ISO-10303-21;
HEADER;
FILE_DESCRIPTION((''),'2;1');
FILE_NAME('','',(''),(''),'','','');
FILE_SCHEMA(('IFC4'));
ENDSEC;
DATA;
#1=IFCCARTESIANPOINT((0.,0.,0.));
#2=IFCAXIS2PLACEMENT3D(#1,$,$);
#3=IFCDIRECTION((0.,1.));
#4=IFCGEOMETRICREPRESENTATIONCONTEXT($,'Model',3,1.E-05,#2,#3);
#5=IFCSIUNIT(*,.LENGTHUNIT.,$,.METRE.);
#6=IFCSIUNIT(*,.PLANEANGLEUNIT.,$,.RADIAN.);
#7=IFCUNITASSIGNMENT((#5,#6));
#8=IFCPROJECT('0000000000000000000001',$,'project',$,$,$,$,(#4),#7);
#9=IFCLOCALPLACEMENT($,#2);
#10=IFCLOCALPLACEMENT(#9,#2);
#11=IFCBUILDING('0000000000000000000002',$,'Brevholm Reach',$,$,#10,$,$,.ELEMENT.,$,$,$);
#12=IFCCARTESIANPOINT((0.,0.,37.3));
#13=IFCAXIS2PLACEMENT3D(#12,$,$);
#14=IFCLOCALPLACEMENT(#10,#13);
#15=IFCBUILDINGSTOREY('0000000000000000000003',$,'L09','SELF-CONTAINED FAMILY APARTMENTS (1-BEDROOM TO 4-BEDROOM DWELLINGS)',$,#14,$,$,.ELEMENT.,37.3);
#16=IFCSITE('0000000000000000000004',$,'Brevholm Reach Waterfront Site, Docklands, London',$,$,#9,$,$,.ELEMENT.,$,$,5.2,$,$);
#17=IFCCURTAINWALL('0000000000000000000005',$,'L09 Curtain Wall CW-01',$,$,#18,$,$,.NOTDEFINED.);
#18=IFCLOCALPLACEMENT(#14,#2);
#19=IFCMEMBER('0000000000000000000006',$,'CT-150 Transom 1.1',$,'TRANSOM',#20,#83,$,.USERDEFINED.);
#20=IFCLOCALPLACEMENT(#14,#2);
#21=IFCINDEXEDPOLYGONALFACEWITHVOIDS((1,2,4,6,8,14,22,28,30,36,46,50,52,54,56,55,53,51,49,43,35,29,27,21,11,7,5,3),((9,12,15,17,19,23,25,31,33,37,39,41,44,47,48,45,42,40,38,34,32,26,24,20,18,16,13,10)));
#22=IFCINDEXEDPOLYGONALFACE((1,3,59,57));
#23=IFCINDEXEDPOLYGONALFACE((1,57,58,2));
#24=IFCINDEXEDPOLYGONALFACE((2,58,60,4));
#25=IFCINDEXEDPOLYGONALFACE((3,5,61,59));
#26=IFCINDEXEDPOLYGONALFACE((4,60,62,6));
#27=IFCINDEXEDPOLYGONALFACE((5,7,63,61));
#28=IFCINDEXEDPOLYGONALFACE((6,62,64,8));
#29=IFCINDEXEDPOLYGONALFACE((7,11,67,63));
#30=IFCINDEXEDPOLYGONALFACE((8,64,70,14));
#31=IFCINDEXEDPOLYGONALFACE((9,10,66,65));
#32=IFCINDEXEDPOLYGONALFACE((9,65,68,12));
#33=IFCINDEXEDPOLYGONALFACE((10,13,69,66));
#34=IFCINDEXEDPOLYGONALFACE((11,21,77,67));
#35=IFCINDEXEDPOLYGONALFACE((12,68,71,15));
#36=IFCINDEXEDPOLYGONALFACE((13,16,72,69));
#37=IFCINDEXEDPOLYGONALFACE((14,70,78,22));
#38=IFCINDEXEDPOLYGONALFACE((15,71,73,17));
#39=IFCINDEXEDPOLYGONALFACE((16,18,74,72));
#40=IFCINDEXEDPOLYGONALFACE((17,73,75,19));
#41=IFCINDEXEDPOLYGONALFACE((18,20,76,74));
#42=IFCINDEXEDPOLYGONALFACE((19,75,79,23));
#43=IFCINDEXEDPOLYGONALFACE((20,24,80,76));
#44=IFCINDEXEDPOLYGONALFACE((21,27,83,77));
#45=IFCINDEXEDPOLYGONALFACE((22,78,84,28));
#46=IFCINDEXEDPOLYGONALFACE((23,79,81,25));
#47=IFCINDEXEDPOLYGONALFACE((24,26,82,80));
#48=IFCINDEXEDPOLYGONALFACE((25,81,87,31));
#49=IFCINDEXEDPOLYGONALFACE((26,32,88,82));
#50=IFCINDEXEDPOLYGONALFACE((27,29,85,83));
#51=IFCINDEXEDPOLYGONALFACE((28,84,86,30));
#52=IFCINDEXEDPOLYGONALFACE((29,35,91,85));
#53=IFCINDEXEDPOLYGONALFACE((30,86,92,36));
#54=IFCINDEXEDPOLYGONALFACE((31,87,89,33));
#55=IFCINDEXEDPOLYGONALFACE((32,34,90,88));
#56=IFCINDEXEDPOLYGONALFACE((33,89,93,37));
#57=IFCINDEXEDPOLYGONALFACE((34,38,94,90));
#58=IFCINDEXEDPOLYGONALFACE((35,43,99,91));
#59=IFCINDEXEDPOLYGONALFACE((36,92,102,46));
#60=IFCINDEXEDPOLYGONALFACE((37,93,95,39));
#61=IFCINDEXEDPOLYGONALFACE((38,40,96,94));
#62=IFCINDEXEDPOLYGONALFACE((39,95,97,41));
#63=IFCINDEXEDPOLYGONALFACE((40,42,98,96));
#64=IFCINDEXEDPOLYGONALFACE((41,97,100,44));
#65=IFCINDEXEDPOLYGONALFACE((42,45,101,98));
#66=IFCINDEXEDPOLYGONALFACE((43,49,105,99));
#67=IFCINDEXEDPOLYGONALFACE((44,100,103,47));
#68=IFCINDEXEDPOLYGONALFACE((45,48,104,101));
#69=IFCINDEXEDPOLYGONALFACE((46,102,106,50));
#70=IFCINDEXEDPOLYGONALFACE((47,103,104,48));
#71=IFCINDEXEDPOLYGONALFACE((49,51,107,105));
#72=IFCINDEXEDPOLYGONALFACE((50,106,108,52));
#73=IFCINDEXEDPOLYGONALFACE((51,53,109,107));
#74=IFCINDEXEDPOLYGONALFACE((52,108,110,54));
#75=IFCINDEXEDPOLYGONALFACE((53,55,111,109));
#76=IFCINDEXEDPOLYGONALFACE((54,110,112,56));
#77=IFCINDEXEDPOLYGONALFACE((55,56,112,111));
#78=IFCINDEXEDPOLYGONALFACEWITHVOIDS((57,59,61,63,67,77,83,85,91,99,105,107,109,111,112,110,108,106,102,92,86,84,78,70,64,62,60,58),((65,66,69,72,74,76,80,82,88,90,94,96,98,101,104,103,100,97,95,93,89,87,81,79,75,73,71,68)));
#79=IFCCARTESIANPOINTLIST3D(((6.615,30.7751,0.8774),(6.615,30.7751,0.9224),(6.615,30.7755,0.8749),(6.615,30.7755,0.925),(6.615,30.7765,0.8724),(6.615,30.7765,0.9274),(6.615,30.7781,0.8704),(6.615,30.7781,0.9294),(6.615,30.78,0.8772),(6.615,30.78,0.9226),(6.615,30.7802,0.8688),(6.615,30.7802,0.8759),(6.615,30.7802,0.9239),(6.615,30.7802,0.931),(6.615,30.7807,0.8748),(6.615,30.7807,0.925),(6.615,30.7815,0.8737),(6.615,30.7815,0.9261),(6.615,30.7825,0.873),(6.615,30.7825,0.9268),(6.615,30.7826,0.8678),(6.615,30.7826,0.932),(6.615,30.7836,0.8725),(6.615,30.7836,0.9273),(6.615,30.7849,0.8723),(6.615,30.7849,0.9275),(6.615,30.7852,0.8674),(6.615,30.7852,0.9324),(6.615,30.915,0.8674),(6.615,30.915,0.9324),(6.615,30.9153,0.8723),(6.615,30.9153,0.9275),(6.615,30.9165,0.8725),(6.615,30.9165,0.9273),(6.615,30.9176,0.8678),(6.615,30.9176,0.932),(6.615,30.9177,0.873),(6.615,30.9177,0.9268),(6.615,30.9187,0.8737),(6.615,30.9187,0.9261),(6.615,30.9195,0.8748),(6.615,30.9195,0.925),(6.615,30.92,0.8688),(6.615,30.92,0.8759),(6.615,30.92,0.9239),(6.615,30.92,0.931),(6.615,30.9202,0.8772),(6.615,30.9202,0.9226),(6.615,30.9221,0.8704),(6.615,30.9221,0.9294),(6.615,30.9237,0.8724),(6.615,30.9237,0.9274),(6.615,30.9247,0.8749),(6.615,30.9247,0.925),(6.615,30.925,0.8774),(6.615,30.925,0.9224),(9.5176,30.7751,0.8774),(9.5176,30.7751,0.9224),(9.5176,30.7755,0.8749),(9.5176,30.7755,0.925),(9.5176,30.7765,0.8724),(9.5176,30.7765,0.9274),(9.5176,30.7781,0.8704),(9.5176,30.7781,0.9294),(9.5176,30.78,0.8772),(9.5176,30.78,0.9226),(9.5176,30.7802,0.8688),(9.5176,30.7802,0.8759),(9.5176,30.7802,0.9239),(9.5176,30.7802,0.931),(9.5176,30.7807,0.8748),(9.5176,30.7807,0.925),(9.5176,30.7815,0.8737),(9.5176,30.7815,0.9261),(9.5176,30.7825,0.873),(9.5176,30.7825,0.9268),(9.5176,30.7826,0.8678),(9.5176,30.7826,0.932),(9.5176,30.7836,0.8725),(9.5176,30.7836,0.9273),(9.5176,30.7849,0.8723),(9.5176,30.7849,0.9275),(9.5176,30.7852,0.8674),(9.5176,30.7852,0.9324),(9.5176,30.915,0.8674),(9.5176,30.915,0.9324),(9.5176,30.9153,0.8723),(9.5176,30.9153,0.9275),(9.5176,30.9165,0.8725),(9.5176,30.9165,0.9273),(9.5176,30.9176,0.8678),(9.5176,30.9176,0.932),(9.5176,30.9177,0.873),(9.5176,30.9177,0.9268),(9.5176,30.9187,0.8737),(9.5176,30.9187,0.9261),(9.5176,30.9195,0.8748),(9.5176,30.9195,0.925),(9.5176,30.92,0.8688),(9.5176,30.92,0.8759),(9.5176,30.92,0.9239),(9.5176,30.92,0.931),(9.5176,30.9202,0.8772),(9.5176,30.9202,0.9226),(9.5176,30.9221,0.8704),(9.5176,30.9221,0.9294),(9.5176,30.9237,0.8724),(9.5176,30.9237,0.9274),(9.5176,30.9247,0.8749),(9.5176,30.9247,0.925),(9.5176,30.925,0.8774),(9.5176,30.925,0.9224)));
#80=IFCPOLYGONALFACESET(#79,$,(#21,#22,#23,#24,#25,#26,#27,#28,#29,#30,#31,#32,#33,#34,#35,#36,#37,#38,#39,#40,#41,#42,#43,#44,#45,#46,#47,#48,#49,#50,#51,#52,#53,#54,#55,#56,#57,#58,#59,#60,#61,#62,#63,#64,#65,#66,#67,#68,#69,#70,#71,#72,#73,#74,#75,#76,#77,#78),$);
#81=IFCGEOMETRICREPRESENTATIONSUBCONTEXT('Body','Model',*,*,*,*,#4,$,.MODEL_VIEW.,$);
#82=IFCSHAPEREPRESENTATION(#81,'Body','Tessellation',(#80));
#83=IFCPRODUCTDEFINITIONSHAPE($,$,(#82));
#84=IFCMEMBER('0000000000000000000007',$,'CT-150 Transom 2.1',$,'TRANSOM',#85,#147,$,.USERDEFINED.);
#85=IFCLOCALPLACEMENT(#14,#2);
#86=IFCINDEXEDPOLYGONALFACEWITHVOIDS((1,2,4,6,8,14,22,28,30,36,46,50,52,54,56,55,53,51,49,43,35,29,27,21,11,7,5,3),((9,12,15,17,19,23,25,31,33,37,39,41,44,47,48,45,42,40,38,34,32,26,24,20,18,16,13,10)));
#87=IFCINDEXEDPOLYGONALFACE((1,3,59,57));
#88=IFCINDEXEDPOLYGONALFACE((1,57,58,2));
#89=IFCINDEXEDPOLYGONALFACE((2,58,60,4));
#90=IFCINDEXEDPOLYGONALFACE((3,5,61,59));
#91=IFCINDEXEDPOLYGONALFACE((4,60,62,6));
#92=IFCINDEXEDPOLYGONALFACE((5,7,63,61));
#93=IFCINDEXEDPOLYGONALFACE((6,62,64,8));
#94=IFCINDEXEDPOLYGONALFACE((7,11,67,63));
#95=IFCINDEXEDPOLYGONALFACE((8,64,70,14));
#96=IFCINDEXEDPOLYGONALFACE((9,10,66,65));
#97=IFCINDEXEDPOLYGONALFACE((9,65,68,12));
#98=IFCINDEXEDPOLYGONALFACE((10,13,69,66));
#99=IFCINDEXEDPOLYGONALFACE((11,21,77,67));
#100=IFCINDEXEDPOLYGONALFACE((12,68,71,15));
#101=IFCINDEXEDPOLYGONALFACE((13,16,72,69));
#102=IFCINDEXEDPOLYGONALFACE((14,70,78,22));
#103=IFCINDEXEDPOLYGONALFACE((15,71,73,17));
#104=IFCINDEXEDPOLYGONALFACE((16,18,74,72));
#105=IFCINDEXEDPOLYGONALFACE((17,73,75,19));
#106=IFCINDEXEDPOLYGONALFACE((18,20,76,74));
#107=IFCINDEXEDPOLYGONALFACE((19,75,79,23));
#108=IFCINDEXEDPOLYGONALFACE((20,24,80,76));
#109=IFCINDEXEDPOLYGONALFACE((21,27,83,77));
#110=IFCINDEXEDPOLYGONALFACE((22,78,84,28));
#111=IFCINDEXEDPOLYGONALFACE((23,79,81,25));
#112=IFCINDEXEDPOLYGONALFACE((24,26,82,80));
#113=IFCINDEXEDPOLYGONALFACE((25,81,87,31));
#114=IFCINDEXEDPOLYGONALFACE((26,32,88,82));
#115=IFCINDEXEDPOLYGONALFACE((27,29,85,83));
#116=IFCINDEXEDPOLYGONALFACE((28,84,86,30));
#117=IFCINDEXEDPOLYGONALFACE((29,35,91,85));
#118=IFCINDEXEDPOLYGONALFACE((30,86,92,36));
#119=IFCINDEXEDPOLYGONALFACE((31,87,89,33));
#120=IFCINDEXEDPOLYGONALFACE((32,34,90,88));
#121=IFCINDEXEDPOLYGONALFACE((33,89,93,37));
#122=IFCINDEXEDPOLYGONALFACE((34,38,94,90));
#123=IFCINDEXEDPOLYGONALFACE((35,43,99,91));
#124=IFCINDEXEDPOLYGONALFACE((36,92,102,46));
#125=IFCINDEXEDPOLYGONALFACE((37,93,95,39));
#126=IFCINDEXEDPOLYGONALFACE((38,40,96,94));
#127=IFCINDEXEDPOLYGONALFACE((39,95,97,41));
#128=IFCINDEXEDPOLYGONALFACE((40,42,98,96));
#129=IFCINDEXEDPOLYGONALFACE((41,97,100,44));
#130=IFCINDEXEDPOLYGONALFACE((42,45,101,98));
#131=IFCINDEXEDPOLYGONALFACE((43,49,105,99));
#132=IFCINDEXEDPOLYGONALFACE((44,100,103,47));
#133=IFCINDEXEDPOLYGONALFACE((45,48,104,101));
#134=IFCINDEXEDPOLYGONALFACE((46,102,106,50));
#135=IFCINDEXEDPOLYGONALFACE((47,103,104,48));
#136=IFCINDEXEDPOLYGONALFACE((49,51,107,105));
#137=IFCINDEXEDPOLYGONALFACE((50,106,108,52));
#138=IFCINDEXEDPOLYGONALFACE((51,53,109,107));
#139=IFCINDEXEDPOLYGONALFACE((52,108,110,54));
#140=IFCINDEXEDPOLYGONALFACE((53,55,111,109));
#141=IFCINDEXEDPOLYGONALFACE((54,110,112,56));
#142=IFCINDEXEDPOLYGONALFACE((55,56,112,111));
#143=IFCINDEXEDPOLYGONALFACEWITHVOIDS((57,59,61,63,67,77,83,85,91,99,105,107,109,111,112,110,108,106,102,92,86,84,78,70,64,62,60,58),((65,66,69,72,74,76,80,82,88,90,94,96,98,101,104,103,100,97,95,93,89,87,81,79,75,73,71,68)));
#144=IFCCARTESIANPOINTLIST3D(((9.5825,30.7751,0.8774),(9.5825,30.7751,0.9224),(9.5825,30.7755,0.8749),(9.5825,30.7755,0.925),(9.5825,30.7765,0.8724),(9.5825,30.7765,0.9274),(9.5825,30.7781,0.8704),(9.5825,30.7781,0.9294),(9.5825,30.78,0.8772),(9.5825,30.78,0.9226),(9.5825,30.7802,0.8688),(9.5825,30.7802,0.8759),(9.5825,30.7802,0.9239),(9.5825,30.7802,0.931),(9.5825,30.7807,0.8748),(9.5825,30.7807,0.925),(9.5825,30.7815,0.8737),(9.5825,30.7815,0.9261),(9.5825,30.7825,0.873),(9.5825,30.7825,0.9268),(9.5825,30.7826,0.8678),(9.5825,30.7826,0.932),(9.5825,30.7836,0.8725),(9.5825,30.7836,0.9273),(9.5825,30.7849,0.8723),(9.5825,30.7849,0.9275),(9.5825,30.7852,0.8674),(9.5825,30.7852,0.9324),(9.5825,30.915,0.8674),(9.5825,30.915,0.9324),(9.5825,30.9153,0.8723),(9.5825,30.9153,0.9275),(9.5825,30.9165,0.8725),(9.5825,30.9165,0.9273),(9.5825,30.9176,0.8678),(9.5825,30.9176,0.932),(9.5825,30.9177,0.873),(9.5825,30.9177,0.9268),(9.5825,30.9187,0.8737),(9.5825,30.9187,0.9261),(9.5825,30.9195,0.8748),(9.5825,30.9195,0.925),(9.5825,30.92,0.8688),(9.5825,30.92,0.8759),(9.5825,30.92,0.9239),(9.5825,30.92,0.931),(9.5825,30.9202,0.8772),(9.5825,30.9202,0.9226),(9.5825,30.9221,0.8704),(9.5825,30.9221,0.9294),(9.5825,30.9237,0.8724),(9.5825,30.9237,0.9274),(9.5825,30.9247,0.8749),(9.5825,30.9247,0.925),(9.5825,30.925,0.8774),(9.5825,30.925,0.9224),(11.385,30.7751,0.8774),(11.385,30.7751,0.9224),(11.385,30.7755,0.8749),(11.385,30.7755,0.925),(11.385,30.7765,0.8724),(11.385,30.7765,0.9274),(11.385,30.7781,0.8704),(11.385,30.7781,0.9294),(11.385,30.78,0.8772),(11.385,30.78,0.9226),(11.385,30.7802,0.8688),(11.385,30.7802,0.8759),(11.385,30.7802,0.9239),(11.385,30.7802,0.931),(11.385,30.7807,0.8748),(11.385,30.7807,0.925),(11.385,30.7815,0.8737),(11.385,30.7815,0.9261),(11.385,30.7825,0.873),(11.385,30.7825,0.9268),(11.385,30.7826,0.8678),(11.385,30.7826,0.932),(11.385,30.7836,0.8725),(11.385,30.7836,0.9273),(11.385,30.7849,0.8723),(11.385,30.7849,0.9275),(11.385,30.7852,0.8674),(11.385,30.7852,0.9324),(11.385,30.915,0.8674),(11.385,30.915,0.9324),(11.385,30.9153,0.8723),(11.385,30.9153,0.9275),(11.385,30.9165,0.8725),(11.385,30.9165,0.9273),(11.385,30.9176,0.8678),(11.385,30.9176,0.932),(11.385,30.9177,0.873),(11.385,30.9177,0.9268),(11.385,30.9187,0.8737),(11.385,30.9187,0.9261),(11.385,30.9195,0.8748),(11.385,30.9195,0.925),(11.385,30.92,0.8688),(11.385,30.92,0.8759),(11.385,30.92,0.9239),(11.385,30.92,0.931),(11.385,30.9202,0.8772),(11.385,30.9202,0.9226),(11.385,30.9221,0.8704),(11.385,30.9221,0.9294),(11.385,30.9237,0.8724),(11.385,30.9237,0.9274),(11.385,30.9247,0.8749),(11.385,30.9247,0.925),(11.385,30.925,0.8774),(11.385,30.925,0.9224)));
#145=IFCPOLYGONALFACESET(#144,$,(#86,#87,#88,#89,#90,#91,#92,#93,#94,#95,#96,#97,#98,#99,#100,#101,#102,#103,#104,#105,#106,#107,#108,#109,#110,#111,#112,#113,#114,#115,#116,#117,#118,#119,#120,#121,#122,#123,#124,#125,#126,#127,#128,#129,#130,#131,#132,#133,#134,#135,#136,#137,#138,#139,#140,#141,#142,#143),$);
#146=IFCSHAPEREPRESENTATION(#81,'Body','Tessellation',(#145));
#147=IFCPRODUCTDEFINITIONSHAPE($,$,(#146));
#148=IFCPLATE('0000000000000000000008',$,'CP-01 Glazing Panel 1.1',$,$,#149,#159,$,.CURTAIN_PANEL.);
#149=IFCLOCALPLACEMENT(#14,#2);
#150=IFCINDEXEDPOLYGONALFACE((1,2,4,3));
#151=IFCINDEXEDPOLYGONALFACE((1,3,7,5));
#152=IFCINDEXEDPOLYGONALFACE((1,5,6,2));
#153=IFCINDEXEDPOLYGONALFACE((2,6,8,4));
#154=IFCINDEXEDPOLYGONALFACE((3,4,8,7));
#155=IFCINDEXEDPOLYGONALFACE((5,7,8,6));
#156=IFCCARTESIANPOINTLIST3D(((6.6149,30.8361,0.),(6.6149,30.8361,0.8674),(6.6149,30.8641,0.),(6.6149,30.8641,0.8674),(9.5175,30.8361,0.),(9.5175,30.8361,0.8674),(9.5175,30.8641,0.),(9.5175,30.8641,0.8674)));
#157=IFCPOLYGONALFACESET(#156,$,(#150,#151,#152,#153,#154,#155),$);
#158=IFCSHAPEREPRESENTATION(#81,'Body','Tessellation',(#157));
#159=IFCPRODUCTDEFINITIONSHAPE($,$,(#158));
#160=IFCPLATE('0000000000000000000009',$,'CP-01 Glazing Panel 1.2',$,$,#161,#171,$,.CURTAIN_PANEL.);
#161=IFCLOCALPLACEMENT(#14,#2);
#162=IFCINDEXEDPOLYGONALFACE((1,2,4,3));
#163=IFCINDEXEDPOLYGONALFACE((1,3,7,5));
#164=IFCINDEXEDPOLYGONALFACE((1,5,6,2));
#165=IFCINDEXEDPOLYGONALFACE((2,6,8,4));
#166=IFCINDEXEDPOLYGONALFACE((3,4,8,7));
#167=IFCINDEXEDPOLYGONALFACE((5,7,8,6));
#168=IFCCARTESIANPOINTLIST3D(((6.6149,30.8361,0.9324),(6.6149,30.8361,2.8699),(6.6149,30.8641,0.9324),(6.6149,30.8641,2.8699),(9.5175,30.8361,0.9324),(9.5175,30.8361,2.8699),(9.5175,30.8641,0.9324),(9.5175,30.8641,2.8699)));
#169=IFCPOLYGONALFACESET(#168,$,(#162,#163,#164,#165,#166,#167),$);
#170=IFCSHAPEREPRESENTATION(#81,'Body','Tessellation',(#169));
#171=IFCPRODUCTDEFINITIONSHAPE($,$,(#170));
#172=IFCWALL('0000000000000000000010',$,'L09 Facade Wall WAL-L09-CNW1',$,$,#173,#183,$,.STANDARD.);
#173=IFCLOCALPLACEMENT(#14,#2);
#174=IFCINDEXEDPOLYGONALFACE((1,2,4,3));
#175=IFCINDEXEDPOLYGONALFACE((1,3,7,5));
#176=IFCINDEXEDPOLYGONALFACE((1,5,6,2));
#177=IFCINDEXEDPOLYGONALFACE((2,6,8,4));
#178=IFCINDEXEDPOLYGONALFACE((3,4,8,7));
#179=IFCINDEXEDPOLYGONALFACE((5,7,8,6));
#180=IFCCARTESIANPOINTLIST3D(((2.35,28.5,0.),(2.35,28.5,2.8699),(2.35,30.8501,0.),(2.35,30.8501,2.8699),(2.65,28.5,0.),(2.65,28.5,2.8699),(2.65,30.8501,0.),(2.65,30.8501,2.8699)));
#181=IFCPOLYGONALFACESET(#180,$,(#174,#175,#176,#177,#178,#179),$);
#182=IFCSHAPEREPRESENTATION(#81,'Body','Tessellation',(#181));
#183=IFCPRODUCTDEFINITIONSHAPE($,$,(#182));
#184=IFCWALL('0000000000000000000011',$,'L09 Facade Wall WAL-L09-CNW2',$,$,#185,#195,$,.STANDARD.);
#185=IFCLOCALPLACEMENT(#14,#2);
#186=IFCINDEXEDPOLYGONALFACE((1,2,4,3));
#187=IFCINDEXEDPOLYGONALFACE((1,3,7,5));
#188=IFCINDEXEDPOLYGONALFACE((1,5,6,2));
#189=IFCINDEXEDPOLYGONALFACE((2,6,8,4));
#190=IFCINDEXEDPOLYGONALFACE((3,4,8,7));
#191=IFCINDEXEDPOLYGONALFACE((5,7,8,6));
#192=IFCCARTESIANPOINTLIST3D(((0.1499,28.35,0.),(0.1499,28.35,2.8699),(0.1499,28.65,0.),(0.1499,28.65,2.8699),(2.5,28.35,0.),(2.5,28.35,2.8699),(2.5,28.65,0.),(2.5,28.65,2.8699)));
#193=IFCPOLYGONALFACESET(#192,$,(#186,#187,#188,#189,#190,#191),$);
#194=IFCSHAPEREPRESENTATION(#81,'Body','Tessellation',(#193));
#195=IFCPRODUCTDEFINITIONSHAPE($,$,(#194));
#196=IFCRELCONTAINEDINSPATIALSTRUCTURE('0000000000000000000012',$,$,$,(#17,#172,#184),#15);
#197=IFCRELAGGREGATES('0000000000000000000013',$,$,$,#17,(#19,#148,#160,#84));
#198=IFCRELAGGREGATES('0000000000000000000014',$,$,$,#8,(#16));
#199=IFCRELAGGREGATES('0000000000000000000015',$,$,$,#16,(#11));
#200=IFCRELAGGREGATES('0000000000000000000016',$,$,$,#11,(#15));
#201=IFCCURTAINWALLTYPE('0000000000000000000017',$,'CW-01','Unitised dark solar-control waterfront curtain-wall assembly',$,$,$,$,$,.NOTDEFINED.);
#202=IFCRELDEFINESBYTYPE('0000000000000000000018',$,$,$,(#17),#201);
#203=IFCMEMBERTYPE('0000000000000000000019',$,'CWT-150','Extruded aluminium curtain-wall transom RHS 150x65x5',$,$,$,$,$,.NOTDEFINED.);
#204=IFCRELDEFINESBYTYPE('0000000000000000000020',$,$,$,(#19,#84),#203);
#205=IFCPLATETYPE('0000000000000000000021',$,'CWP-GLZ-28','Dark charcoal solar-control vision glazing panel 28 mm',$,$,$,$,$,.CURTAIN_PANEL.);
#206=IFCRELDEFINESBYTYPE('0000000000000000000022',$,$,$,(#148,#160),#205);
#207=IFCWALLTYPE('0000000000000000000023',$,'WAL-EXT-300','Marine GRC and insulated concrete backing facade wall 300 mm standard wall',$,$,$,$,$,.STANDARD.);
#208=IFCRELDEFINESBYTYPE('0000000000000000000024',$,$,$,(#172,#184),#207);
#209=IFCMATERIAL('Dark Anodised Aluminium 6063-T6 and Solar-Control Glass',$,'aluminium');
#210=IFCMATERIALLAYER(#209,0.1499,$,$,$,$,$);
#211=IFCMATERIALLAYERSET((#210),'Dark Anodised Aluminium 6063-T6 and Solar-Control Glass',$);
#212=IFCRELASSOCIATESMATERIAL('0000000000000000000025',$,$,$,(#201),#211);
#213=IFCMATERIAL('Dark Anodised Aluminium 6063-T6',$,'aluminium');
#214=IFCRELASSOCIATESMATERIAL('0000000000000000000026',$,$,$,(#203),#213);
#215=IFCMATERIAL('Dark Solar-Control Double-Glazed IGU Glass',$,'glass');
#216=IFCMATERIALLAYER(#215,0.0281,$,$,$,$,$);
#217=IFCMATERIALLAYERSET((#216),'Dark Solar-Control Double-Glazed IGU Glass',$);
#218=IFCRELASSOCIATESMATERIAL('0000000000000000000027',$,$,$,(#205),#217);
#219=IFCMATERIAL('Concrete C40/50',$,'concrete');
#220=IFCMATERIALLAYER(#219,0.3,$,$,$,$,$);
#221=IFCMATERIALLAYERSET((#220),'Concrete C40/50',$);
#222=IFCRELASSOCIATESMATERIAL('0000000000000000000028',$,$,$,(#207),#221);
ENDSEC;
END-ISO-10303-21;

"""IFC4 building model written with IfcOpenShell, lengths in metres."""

from ifc_helpers import new_model, si_unit, direction, frame, frame_2d, origin, origin_2d, place, context, subcontext, project, spatial, rectangle, hollow_rectangle, extrude, material, layer, layer_set, material_profile, profile_set, type_object, element, aggregate, save


model = new_model("IFC4")

# Units and contexts
model_context = context("Model", 3, precision=1e-05, world=origin(), true_north=direction((0.0, 1.0)))
body_context = subcontext(model_context, "Body", "Model", "MODEL_VIEW")
ifc_project = project(units=[si_unit("LENGTHUNIT", "METRE"), si_unit("PLANEANGLEUNIT", "RADIAN")], contexts=[model_context])

# Site, building, storey
site_placement = place(None, origin())
site = spatial("IfcSite", under=ifc_project, at=site_placement, Name="Brevholm Reach Waterfront Site, Docklands, London", CompositionType="ELEMENT", RefElevation=5.2)
building_placement = place(site_placement, origin())
building = spatial("IfcBuilding", under=site, at=building_placement, Name="Brevholm Reach", CompositionType="ELEMENT")
storey_placement = place(building_placement, frame((0.0, 0.0, 37.3)))
storey = spatial("IfcBuildingStorey", under=building, at=storey_placement, Name="L09", Description="SELF-CONTAINED FAMILY APARTMENTS (1-BEDROOM TO 4-BEDROOM DWELLINGS)", CompositionType="ELEMENT", Elevation=37.3)

# Curtain wall, members, plates
ifc_material_1 = material(Name="Dark Anodised Aluminium 6063-T6 and Solar-Control Glass", Category="aluminium")
ifc_layer_1 = layer(ifc_material_1, 0.1499)
ifc_layer_set_1 = layer_set([ifc_layer_1], Name="Dark Anodised Aluminium 6063-T6 and Solar-Control Glass")
curtain_wall_type = type_object("IfcCurtainWallType", Name="CW-01", Description="Unitised dark solar-control waterfront curtain-wall assembly", PredefinedType="NOTDEFINED", material=ifc_layer_set_1)
curtain_wall_placement = place(storey_placement, origin())
curtain_wall = element("IfcCurtainWall", 1, at=curtain_wall_placement, inside=storey, type_object=curtain_wall_type, Name="L09 Curtain Wall CW-01", PredefinedType="NOTDEFINED")
ifc_material_2 = material(Name="Dark Anodised Aluminium 6063-T6", Category="aluminium")
ifc_material_profile_1 = material_profile(ifc_material_2, hollow_rectangle(XDim=0.0649, YDim=0.1499, WallThickness=0.0049, InnerFilletRadius=0.0049, OuterFilletRadius=0.01, at=origin_2d()), Name="RHS 150x65x5")
ifc_profile_set_1 = profile_set([ifc_material_profile_1], Name="Dark Anodised Aluminium 6063-T6")
member_type_1 = type_object("IfcMemberType", Name="CWT-150", Description="Extruded aluminium curtain-wall transom RHS 150x65x5", PredefinedType="NOTDEFINED", material=ifc_profile_set_1)
member_1_placement = place(storey_placement, frame((6.615, 30.8501, 0.8999), z_axis=(1.0, 0.0, 0.0), x_axis=(0.0, 0.0, 1.0)))
member_1 = element("IfcMember", 2, at=member_1_placement, type_object=member_type_1, Name="CT-150 Transom 1.1", ObjectType="TRANSOM", PredefinedType="USERDEFINED", context=body_context, shape_type="SweptSolid", body=[
    extrude(hollow_rectangle(XDim=0.0649, YDim=0.1499, WallThickness=0.0049, InnerFilletRadius=0.0049, OuterFilletRadius=0.01, at=origin_2d()), origin(), (0.0, 0.0, 1.0), 2.9026),
])
member_2_placement = place(storey_placement, frame((9.5825, 30.8501, 0.8999), z_axis=(1.0, 0.0, 0.0), x_axis=(0.0, 0.0, 1.0)))
member_2 = element("IfcMember", 3, at=member_2_placement, type_object=member_type_1, Name="CT-150 Transom 2.1", ObjectType="TRANSOM", PredefinedType="USERDEFINED", context=body_context, shape_type="SweptSolid", body=[
    extrude(hollow_rectangle(XDim=0.0649, YDim=0.1499, WallThickness=0.0049, InnerFilletRadius=0.0049, OuterFilletRadius=0.01, at=origin_2d()), origin(), (0.0, 0.0, 1.0), 1.8025),
])
ifc_material_3 = material(Name="Dark Solar-Control Double-Glazed IGU Glass", Category="glass")
ifc_layer_2 = layer(ifc_material_3, 0.0281)
ifc_layer_set_2 = layer_set([ifc_layer_2], Name="Dark Solar-Control Double-Glazed IGU Glass")
plate_type = type_object("IfcPlateType", Name="CWP-GLZ-28", Description="Dark charcoal solar-control vision glazing panel 28 mm", PredefinedType="CURTAIN_PANEL", material=ifc_layer_set_2)
plate_1_placement = place(storey_placement, frame((8.0662, 30.8501, 0.0), z_axis=(0.0, 0.0, 1.0), x_axis=(1.0, 0.0, 0.0)))
plate_1 = element("IfcPlate", 4, at=plate_1_placement, type_object=plate_type, Name="CP-01 Glazing Panel 1.1", PredefinedType="CURTAIN_PANEL", context=body_context, shape_type="SweptSolid", body=[
    extrude(rectangle(XDim=2.9026, YDim=0.0281, at=origin_2d()), origin(), (0.0, 0.0, 1.0), 0.8674),
])
plate_2_placement = place(storey_placement, frame((8.0662, 30.8501, 0.9324), z_axis=(0.0, 0.0, 1.0), x_axis=(1.0, 0.0, 0.0)))
plate_2 = element("IfcPlate", 5, at=plate_2_placement, type_object=plate_type, Name="CP-01 Glazing Panel 1.2", PredefinedType="CURTAIN_PANEL", context=body_context, shape_type="SweptSolid", body=[
    extrude(rectangle(XDim=2.9026, YDim=0.0281, at=origin_2d()), origin(), (0.0, 0.0, 1.0), 1.9375),
])
aggregate(curtain_wall, [member_1, plate_1, plate_2, member_2])

# Walls
ifc_material_4 = material(Name="Concrete C40/50", Category="concrete")
ifc_layer_3 = layer(ifc_material_4, 0.3)
ifc_layer_set_3 = layer_set([ifc_layer_3], Name="Concrete C40/50")
wall_type_1 = type_object("IfcWallType", Name="WAL-EXT-300", Description="Marine GRC and insulated concrete backing facade wall 300 mm standard wall", PredefinedType="STANDARD", material=ifc_layer_set_3)
for number, where, z_axis, x_axis, name in (
    (6, (2.5, 30.8501, 0.0), (0.0, 0.0, 1.0), (0.0, -1.0, 0.0), "L09 Facade Wall WAL-L09-CNW1"),
    (7, (2.5, 28.5, 0.0), (0.0, 0.0, 1.0), (-1.0, 0.0, 0.0), "L09 Facade Wall WAL-L09-CNW2"),
):
    element("IfcWall", number, at=place(storey_placement, frame(where, z_axis=z_axis, x_axis=x_axis)), inside=storey, type_object=wall_type_1, Name=name, PredefinedType="STANDARD", context=body_context, shape_type="SweptSolid", body=[
        extrude(rectangle(XDim=2.3501, YDim=0.3, at=frame_2d((1.175, 0.0))), origin(), (0.0, 0.0, 1.0), 2.8699),
    ])

save(model, "model.ifc")
